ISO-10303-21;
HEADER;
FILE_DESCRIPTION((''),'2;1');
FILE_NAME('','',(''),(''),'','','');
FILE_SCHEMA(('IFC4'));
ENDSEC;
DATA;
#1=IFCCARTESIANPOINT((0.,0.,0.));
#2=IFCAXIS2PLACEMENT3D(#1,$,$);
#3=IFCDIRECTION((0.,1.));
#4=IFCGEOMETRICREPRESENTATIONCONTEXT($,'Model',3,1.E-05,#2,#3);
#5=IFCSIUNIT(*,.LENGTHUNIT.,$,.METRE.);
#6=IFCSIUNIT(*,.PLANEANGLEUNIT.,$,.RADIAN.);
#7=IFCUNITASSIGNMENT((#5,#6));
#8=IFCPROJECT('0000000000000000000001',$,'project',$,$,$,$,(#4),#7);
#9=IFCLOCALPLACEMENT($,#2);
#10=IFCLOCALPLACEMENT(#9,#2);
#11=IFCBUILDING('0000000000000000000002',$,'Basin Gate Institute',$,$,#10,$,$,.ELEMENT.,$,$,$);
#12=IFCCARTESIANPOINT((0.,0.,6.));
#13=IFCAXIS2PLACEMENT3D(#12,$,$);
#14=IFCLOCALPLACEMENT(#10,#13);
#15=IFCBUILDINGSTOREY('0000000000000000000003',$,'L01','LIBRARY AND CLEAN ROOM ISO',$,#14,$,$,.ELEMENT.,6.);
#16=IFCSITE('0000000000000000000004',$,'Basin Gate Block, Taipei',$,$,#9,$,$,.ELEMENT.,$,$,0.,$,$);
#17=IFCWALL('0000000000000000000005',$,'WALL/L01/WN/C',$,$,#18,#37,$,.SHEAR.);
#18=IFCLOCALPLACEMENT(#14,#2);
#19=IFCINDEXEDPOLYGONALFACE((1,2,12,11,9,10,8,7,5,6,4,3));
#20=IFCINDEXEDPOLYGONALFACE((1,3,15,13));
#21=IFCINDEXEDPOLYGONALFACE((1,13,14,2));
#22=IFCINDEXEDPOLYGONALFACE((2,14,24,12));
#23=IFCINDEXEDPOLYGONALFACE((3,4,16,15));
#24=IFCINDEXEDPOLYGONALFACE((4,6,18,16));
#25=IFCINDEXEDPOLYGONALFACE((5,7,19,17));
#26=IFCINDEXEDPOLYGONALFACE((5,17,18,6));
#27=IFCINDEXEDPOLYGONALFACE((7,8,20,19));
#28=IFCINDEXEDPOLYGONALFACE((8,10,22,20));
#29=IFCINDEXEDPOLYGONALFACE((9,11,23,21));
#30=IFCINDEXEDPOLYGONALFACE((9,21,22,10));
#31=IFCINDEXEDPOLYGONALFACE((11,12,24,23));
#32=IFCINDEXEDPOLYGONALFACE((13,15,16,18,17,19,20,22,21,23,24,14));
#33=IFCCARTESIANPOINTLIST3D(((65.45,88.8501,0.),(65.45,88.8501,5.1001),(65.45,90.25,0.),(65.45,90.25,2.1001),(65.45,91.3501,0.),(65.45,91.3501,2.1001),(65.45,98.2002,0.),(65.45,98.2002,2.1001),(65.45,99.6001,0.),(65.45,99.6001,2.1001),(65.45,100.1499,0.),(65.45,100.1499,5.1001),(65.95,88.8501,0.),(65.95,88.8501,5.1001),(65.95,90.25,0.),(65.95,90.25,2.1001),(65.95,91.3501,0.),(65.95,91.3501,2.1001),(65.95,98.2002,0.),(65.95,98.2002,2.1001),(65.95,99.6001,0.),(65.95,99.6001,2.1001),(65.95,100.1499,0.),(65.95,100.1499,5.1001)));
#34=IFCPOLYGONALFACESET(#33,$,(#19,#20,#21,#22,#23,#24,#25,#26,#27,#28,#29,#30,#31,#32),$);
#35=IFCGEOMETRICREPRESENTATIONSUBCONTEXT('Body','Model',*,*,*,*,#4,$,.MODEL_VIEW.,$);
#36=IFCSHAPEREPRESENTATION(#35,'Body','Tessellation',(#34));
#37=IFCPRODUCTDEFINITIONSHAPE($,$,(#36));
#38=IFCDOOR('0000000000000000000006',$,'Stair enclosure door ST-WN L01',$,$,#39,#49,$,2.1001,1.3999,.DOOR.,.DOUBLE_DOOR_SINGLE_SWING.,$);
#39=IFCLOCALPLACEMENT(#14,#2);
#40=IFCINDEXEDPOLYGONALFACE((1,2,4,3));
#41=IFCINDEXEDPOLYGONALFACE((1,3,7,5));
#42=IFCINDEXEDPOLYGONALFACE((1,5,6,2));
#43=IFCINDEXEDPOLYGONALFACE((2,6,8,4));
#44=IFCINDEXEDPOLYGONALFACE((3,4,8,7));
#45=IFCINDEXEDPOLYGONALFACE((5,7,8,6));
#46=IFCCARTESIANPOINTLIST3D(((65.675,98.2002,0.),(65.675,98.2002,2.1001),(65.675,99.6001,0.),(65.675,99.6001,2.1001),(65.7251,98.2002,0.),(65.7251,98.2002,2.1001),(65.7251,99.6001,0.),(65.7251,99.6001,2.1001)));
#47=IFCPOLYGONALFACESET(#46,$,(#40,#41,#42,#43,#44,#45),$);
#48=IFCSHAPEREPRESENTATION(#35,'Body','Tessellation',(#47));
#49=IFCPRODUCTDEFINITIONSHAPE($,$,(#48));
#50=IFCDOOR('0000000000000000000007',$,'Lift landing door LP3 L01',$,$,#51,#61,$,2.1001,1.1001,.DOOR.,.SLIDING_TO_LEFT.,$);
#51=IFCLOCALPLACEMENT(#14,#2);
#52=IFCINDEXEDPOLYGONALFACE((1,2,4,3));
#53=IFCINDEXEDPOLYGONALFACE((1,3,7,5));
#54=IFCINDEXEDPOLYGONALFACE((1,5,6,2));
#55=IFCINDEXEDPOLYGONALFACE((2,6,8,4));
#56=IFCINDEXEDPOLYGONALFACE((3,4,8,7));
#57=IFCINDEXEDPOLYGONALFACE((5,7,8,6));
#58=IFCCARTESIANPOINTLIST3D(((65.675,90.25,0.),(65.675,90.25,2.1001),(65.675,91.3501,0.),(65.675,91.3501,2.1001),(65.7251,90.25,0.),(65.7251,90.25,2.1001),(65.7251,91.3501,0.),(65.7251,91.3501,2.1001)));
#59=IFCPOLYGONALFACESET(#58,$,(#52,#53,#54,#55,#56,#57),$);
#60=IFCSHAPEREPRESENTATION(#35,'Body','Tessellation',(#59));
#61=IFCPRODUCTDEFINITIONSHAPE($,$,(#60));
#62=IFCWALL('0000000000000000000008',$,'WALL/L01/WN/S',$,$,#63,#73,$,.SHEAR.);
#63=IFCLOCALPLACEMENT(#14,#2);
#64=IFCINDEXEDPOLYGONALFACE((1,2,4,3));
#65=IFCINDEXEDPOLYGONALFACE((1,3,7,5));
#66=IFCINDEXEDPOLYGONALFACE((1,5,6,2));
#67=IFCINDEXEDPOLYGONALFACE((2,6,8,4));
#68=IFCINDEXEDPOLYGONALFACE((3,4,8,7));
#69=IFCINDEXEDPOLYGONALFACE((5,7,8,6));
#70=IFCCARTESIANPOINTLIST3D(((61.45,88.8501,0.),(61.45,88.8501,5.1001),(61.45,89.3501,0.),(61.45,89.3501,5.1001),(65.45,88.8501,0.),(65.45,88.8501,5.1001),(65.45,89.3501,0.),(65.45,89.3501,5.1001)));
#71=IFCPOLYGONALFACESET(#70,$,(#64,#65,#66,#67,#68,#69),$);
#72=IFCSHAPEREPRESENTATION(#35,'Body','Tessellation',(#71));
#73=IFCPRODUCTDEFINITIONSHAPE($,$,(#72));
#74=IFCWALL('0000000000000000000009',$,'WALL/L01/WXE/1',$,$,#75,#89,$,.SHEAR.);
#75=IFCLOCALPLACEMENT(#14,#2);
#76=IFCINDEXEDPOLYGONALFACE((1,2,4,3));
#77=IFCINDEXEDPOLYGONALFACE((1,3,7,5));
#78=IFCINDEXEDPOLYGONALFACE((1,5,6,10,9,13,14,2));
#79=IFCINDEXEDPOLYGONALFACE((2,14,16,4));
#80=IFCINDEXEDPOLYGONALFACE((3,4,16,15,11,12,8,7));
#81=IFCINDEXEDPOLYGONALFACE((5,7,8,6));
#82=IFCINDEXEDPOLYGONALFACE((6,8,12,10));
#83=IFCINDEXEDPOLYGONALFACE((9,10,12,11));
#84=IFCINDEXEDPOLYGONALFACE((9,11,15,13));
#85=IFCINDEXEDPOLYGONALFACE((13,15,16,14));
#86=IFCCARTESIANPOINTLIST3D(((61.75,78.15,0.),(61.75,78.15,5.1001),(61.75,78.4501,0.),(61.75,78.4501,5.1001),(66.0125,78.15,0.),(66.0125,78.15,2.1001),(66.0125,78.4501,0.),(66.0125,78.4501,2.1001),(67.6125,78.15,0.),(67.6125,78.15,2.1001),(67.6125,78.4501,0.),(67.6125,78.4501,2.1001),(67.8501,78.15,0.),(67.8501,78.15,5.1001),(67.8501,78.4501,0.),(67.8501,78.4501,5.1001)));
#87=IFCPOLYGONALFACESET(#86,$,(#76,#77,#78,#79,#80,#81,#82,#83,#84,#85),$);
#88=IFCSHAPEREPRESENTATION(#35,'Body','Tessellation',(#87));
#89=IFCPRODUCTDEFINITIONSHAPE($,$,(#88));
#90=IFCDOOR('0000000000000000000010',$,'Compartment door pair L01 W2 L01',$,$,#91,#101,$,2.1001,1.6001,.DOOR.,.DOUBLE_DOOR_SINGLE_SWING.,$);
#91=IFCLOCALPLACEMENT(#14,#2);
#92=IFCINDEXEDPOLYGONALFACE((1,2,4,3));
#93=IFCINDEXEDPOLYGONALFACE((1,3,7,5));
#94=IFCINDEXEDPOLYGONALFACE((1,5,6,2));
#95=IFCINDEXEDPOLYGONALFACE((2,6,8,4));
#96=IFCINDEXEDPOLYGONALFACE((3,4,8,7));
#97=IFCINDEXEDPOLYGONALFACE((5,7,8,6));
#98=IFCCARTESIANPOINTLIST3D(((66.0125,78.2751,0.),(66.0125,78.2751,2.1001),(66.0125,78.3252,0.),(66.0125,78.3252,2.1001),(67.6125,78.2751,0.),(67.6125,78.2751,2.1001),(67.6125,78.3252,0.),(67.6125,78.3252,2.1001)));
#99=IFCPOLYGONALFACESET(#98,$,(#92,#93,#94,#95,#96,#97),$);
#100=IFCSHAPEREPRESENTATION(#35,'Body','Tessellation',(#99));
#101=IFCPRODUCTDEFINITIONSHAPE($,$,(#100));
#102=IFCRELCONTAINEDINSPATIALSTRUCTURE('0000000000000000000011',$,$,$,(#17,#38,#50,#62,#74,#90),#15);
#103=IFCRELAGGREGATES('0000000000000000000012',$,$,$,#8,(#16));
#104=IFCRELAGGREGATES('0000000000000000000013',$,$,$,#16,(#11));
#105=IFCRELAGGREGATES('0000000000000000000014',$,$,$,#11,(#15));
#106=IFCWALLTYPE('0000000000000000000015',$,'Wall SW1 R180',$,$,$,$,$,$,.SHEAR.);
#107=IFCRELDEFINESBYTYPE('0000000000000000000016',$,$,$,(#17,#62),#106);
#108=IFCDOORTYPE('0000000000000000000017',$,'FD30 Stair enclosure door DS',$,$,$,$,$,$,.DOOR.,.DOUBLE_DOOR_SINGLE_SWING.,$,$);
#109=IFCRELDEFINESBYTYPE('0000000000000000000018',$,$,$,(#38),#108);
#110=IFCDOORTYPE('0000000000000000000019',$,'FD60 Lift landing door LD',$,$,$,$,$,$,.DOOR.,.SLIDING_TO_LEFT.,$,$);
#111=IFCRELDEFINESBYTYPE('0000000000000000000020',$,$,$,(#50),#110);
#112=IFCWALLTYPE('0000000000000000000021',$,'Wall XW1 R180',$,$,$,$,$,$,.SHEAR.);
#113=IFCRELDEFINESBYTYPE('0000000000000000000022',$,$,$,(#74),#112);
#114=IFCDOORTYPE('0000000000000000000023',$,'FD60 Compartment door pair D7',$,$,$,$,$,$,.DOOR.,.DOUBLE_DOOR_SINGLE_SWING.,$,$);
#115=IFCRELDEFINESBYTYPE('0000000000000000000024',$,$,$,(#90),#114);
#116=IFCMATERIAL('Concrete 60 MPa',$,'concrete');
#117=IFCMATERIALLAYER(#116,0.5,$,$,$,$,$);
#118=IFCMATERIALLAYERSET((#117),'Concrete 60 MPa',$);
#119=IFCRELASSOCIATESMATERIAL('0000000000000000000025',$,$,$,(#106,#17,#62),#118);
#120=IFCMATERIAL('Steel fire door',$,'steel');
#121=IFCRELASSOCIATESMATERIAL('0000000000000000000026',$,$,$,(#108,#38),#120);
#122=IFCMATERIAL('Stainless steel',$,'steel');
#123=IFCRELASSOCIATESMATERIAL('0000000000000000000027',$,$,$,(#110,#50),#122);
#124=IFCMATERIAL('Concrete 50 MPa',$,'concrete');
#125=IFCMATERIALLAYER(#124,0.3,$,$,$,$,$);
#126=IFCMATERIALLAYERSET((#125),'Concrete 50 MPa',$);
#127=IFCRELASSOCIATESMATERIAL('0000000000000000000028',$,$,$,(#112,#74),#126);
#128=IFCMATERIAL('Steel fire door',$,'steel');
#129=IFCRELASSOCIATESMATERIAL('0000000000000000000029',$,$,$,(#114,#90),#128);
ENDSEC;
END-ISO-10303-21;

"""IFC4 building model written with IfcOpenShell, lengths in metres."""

from ifc_helpers import new_model, si_unit, direction, frame, frame_2d, origin, place, context, subcontext, project, spatial, rectangle, extrude, material, layer, layer_set, type_object, element, fill, save


model = new_model("IFC4")

# Units and contexts
model_context = context("Model", 3, precision=1e-05, world=origin(), true_north=direction((0.0, 1.0)))
body_context = subcontext(model_context, "Body", "Model", "MODEL_VIEW")
ifc_project = project(units=[si_unit("LENGTHUNIT", "METRE"), si_unit("PLANEANGLEUNIT", "RADIAN")], contexts=[model_context])

# Site, building, storey
site_placement = place(None, origin())
site = spatial("IfcSite", under=ifc_project, at=site_placement, Name="Basin Gate Block, Taipei", CompositionType="ELEMENT", RefElevation=0.0)
building_placement = place(site_placement, origin())
building = spatial("IfcBuilding", under=site, at=building_placement, Name="Basin Gate Institute", CompositionType="ELEMENT")
storey_placement = place(building_placement, frame((0.0, 0.0, 6.0)))
storey = spatial("IfcBuildingStorey", under=building, at=storey_placement, Name="L01", Description="LIBRARY AND CLEAN ROOM ISO", CompositionType="ELEMENT", Elevation=6.0)

# Shared definitions
ifc_material_1 = material(Name="Concrete 60 MPa", Category="concrete")
ifc_layer_1 = layer(ifc_material_1, 0.5)
ifc_layer_set_1 = layer_set([ifc_layer_1], Name="Concrete 60 MPa")
wall_type_1 = type_object("IfcWallType", Name="Wall SW1 R180", PredefinedType="SHEAR", material=ifc_layer_set_1)

# Wall, openings, doors
wall_1_placement = place(storey_placement, frame((65.7, 88.8501, 0.0), z_axis=(0.0, 0.0, 1.0), x_axis=(0.0, 1.0, 0.0)))
wall_1 = element("IfcWall", 1, at=wall_1_placement, inside=storey, type_object=wall_type_1, material=ifc_layer_set_1, Name="WALL/L01/WN/C", PredefinedType="SHEAR", context=body_context, shape_type="SweptSolid", body=[
    extrude(rectangle(XDim=11.2998, YDim=0.5, at=frame_2d((5.6499, 0.0))), origin(), (0.0, 0.0, 1.0), 5.1001),
])
opening_1_placement = place(wall_1_placement, frame((9.3501, 0.0, 0.0)))
opening_1 = element("IfcOpeningElement", 2, at=opening_1_placement, cuts=wall_1, PredefinedType="OPENING", context=body_context, shape_type="SweptSolid", body=[
    extrude(rectangle(XDim=1.3999, YDim=2.1001, at=frame_2d((0.7, 1.05))), frame((0.0, 0.26, 0.0), z_axis=(0.0, -1.0, 0.0), x_axis=(1.0, 0.0, 0.0)), (0.0, 0.0, 1.0), 0.52),
])
opening_2_placement = place(wall_1_placement, frame((1.3999, 0.0, 0.0)))
opening_2 = element("IfcOpeningElement", 3, at=opening_2_placement, cuts=wall_1, PredefinedType="OPENING", context=body_context, shape_type="SweptSolid", body=[
    extrude(rectangle(XDim=1.1001, YDim=2.1001, at=frame_2d((0.55, 1.05))), frame((0.0, 0.26, 0.0), z_axis=(0.0, -1.0, 0.0), x_axis=(1.0, 0.0, 0.0)), (0.0, 0.0, 1.0), 0.52),
])
ifc_material_2 = material(Name="Steel fire door", Category="steel")
door_type_1 = type_object("IfcDoorType", Name="FD30 Stair enclosure door DS", OperationType="DOUBLE_DOOR_SINGLE_SWING", PredefinedType="DOOR", material=ifc_material_2)
door_1_placement = place(opening_1_placement, origin())
door_1 = element("IfcDoor", 4, at=door_1_placement, inside=storey, type_object=door_type_1, material=ifc_material_2, Name="Stair enclosure door ST-WN L01", OperationType="DOUBLE_DOOR_SINGLE_SWING", OverallHeight=2.1001, OverallWidth=1.3999, PredefinedType="DOOR", context=body_context, shape_type="SweptSolid", body=[
    extrude(rectangle(XDim=1.3999, YDim=2.1001, at=frame_2d((0.7, 1.05))), frame((0.0, 0.0249, 0.0), z_axis=(0.0, -1.0, 0.0), x_axis=(1.0, 0.0, 0.0)), (0.0, 0.0, 1.0), 0.05),
])
fill(opening_1, door_1)
ifc_material_3 = material(Name="Stainless steel", Category="steel")
door_type_2 = type_object("IfcDoorType", Name="FD60 Lift landing door LD", OperationType="SLIDING_TO_LEFT", PredefinedType="DOOR", material=ifc_material_3)
door_2_placement = place(opening_2_placement, origin())
door_2 = element("IfcDoor", 5, at=door_2_placement, inside=storey, type_object=door_type_2, material=ifc_material_3, Name="Lift landing door LP3 L01", OperationType="SLIDING_TO_LEFT", OverallHeight=2.1001, OverallWidth=1.1001, PredefinedType="DOOR", context=body_context, shape_type="SweptSolid", body=[
    extrude(rectangle(XDim=1.1001, YDim=2.1001, at=frame_2d((0.55, 1.05))), frame((0.0, 0.0249, 0.0), z_axis=(0.0, -1.0, 0.0), x_axis=(1.0, 0.0, 0.0)), (0.0, 0.0, 1.0), 0.05),
])
fill(opening_2, door_2)

# Wall
wall_2_placement = place(storey_placement, frame((61.45, 89.1001, 0.0), z_axis=(0.0, 0.0, 1.0), x_axis=(1.0, 0.0, 0.0)))
element("IfcWall", 6, at=wall_2_placement, inside=storey, type_object=wall_type_1, material=ifc_layer_set_1, Name="WALL/L01/WN/S", PredefinedType="SHEAR", context=body_context, shape_type="SweptSolid", body=[
    extrude(rectangle(XDim=4.0, YDim=0.5, at=frame_2d((2.0, 0.0))), origin(), (0.0, 0.0, 1.0), 5.1001),
])

# Wall, opening, door
ifc_material_4 = material(Name="Concrete 50 MPa", Category="concrete")
ifc_layer_2 = layer(ifc_material_4, 0.3)
ifc_layer_set_2 = layer_set([ifc_layer_2], Name="Concrete 50 MPa")
wall_type_2 = type_object("IfcWallType", Name="Wall XW1 R180", PredefinedType="SHEAR", material=ifc_layer_set_2)
wall_3_placement = place(storey_placement, frame((61.75, 78.3, 0.0), z_axis=(0.0, 0.0, 1.0), x_axis=(1.0, 0.0, 0.0)))
wall_3 = element("IfcWall", 7, at=wall_3_placement, inside=storey, type_object=wall_type_2, material=ifc_layer_set_2, Name="WALL/L01/WXE/1", PredefinedType="SHEAR", context=body_context, shape_type="SweptSolid", body=[
    extrude(rectangle(XDim=6.1001, YDim=0.3, at=frame_2d((3.05, 0.0))), origin(), (0.0, 0.0, 1.0), 5.1001),
])
opening_3_placement = place(wall_3_placement, frame((4.2625, 0.0, 0.0)))
opening_3 = element("IfcOpeningElement", 8, at=opening_3_placement, cuts=wall_3, PredefinedType="OPENING", context=body_context, shape_type="SweptSolid", body=[
    extrude(rectangle(XDim=1.6001, YDim=2.1001, at=frame_2d((0.8, 1.05))), frame((0.0, 0.1602, 0.0), z_axis=(0.0, -1.0, 0.0), x_axis=(1.0, 0.0, 0.0)), (0.0, 0.0, 1.0), 0.3201),
])
ifc_material_5 = material(Name="Steel fire door", Category="steel")
door_type_3 = type_object("IfcDoorType", Name="FD60 Compartment door pair D7", OperationType="DOUBLE_DOOR_SINGLE_SWING", PredefinedType="DOOR", material=ifc_material_5)
door_3_placement = place(opening_3_placement, frame((1.6001, 0.0, 0.0), z_axis=(0.0, 0.0, 1.0), x_axis=(-1.0, 0.0, 0.0)))
door_3 = element("IfcDoor", 9, at=door_3_placement, inside=storey, type_object=door_type_3, material=ifc_material_5, Name="Compartment door pair L01 W2 L01", OperationType="DOUBLE_DOOR_SINGLE_SWING", OverallHeight=2.1001, OverallWidth=1.6001, PredefinedType="DOOR", context=body_context, shape_type="SweptSolid", body=[
    extrude(rectangle(XDim=1.6001, YDim=2.1001, at=frame_2d((0.8, 1.05))), frame((0.0, 0.0249, 0.0), z_axis=(0.0, -1.0, 0.0), x_axis=(1.0, 0.0, 0.0)), (0.0, 0.0, 1.0), 0.05),
])
fill(opening_3, door_3)

save(model, "model.ifc")
